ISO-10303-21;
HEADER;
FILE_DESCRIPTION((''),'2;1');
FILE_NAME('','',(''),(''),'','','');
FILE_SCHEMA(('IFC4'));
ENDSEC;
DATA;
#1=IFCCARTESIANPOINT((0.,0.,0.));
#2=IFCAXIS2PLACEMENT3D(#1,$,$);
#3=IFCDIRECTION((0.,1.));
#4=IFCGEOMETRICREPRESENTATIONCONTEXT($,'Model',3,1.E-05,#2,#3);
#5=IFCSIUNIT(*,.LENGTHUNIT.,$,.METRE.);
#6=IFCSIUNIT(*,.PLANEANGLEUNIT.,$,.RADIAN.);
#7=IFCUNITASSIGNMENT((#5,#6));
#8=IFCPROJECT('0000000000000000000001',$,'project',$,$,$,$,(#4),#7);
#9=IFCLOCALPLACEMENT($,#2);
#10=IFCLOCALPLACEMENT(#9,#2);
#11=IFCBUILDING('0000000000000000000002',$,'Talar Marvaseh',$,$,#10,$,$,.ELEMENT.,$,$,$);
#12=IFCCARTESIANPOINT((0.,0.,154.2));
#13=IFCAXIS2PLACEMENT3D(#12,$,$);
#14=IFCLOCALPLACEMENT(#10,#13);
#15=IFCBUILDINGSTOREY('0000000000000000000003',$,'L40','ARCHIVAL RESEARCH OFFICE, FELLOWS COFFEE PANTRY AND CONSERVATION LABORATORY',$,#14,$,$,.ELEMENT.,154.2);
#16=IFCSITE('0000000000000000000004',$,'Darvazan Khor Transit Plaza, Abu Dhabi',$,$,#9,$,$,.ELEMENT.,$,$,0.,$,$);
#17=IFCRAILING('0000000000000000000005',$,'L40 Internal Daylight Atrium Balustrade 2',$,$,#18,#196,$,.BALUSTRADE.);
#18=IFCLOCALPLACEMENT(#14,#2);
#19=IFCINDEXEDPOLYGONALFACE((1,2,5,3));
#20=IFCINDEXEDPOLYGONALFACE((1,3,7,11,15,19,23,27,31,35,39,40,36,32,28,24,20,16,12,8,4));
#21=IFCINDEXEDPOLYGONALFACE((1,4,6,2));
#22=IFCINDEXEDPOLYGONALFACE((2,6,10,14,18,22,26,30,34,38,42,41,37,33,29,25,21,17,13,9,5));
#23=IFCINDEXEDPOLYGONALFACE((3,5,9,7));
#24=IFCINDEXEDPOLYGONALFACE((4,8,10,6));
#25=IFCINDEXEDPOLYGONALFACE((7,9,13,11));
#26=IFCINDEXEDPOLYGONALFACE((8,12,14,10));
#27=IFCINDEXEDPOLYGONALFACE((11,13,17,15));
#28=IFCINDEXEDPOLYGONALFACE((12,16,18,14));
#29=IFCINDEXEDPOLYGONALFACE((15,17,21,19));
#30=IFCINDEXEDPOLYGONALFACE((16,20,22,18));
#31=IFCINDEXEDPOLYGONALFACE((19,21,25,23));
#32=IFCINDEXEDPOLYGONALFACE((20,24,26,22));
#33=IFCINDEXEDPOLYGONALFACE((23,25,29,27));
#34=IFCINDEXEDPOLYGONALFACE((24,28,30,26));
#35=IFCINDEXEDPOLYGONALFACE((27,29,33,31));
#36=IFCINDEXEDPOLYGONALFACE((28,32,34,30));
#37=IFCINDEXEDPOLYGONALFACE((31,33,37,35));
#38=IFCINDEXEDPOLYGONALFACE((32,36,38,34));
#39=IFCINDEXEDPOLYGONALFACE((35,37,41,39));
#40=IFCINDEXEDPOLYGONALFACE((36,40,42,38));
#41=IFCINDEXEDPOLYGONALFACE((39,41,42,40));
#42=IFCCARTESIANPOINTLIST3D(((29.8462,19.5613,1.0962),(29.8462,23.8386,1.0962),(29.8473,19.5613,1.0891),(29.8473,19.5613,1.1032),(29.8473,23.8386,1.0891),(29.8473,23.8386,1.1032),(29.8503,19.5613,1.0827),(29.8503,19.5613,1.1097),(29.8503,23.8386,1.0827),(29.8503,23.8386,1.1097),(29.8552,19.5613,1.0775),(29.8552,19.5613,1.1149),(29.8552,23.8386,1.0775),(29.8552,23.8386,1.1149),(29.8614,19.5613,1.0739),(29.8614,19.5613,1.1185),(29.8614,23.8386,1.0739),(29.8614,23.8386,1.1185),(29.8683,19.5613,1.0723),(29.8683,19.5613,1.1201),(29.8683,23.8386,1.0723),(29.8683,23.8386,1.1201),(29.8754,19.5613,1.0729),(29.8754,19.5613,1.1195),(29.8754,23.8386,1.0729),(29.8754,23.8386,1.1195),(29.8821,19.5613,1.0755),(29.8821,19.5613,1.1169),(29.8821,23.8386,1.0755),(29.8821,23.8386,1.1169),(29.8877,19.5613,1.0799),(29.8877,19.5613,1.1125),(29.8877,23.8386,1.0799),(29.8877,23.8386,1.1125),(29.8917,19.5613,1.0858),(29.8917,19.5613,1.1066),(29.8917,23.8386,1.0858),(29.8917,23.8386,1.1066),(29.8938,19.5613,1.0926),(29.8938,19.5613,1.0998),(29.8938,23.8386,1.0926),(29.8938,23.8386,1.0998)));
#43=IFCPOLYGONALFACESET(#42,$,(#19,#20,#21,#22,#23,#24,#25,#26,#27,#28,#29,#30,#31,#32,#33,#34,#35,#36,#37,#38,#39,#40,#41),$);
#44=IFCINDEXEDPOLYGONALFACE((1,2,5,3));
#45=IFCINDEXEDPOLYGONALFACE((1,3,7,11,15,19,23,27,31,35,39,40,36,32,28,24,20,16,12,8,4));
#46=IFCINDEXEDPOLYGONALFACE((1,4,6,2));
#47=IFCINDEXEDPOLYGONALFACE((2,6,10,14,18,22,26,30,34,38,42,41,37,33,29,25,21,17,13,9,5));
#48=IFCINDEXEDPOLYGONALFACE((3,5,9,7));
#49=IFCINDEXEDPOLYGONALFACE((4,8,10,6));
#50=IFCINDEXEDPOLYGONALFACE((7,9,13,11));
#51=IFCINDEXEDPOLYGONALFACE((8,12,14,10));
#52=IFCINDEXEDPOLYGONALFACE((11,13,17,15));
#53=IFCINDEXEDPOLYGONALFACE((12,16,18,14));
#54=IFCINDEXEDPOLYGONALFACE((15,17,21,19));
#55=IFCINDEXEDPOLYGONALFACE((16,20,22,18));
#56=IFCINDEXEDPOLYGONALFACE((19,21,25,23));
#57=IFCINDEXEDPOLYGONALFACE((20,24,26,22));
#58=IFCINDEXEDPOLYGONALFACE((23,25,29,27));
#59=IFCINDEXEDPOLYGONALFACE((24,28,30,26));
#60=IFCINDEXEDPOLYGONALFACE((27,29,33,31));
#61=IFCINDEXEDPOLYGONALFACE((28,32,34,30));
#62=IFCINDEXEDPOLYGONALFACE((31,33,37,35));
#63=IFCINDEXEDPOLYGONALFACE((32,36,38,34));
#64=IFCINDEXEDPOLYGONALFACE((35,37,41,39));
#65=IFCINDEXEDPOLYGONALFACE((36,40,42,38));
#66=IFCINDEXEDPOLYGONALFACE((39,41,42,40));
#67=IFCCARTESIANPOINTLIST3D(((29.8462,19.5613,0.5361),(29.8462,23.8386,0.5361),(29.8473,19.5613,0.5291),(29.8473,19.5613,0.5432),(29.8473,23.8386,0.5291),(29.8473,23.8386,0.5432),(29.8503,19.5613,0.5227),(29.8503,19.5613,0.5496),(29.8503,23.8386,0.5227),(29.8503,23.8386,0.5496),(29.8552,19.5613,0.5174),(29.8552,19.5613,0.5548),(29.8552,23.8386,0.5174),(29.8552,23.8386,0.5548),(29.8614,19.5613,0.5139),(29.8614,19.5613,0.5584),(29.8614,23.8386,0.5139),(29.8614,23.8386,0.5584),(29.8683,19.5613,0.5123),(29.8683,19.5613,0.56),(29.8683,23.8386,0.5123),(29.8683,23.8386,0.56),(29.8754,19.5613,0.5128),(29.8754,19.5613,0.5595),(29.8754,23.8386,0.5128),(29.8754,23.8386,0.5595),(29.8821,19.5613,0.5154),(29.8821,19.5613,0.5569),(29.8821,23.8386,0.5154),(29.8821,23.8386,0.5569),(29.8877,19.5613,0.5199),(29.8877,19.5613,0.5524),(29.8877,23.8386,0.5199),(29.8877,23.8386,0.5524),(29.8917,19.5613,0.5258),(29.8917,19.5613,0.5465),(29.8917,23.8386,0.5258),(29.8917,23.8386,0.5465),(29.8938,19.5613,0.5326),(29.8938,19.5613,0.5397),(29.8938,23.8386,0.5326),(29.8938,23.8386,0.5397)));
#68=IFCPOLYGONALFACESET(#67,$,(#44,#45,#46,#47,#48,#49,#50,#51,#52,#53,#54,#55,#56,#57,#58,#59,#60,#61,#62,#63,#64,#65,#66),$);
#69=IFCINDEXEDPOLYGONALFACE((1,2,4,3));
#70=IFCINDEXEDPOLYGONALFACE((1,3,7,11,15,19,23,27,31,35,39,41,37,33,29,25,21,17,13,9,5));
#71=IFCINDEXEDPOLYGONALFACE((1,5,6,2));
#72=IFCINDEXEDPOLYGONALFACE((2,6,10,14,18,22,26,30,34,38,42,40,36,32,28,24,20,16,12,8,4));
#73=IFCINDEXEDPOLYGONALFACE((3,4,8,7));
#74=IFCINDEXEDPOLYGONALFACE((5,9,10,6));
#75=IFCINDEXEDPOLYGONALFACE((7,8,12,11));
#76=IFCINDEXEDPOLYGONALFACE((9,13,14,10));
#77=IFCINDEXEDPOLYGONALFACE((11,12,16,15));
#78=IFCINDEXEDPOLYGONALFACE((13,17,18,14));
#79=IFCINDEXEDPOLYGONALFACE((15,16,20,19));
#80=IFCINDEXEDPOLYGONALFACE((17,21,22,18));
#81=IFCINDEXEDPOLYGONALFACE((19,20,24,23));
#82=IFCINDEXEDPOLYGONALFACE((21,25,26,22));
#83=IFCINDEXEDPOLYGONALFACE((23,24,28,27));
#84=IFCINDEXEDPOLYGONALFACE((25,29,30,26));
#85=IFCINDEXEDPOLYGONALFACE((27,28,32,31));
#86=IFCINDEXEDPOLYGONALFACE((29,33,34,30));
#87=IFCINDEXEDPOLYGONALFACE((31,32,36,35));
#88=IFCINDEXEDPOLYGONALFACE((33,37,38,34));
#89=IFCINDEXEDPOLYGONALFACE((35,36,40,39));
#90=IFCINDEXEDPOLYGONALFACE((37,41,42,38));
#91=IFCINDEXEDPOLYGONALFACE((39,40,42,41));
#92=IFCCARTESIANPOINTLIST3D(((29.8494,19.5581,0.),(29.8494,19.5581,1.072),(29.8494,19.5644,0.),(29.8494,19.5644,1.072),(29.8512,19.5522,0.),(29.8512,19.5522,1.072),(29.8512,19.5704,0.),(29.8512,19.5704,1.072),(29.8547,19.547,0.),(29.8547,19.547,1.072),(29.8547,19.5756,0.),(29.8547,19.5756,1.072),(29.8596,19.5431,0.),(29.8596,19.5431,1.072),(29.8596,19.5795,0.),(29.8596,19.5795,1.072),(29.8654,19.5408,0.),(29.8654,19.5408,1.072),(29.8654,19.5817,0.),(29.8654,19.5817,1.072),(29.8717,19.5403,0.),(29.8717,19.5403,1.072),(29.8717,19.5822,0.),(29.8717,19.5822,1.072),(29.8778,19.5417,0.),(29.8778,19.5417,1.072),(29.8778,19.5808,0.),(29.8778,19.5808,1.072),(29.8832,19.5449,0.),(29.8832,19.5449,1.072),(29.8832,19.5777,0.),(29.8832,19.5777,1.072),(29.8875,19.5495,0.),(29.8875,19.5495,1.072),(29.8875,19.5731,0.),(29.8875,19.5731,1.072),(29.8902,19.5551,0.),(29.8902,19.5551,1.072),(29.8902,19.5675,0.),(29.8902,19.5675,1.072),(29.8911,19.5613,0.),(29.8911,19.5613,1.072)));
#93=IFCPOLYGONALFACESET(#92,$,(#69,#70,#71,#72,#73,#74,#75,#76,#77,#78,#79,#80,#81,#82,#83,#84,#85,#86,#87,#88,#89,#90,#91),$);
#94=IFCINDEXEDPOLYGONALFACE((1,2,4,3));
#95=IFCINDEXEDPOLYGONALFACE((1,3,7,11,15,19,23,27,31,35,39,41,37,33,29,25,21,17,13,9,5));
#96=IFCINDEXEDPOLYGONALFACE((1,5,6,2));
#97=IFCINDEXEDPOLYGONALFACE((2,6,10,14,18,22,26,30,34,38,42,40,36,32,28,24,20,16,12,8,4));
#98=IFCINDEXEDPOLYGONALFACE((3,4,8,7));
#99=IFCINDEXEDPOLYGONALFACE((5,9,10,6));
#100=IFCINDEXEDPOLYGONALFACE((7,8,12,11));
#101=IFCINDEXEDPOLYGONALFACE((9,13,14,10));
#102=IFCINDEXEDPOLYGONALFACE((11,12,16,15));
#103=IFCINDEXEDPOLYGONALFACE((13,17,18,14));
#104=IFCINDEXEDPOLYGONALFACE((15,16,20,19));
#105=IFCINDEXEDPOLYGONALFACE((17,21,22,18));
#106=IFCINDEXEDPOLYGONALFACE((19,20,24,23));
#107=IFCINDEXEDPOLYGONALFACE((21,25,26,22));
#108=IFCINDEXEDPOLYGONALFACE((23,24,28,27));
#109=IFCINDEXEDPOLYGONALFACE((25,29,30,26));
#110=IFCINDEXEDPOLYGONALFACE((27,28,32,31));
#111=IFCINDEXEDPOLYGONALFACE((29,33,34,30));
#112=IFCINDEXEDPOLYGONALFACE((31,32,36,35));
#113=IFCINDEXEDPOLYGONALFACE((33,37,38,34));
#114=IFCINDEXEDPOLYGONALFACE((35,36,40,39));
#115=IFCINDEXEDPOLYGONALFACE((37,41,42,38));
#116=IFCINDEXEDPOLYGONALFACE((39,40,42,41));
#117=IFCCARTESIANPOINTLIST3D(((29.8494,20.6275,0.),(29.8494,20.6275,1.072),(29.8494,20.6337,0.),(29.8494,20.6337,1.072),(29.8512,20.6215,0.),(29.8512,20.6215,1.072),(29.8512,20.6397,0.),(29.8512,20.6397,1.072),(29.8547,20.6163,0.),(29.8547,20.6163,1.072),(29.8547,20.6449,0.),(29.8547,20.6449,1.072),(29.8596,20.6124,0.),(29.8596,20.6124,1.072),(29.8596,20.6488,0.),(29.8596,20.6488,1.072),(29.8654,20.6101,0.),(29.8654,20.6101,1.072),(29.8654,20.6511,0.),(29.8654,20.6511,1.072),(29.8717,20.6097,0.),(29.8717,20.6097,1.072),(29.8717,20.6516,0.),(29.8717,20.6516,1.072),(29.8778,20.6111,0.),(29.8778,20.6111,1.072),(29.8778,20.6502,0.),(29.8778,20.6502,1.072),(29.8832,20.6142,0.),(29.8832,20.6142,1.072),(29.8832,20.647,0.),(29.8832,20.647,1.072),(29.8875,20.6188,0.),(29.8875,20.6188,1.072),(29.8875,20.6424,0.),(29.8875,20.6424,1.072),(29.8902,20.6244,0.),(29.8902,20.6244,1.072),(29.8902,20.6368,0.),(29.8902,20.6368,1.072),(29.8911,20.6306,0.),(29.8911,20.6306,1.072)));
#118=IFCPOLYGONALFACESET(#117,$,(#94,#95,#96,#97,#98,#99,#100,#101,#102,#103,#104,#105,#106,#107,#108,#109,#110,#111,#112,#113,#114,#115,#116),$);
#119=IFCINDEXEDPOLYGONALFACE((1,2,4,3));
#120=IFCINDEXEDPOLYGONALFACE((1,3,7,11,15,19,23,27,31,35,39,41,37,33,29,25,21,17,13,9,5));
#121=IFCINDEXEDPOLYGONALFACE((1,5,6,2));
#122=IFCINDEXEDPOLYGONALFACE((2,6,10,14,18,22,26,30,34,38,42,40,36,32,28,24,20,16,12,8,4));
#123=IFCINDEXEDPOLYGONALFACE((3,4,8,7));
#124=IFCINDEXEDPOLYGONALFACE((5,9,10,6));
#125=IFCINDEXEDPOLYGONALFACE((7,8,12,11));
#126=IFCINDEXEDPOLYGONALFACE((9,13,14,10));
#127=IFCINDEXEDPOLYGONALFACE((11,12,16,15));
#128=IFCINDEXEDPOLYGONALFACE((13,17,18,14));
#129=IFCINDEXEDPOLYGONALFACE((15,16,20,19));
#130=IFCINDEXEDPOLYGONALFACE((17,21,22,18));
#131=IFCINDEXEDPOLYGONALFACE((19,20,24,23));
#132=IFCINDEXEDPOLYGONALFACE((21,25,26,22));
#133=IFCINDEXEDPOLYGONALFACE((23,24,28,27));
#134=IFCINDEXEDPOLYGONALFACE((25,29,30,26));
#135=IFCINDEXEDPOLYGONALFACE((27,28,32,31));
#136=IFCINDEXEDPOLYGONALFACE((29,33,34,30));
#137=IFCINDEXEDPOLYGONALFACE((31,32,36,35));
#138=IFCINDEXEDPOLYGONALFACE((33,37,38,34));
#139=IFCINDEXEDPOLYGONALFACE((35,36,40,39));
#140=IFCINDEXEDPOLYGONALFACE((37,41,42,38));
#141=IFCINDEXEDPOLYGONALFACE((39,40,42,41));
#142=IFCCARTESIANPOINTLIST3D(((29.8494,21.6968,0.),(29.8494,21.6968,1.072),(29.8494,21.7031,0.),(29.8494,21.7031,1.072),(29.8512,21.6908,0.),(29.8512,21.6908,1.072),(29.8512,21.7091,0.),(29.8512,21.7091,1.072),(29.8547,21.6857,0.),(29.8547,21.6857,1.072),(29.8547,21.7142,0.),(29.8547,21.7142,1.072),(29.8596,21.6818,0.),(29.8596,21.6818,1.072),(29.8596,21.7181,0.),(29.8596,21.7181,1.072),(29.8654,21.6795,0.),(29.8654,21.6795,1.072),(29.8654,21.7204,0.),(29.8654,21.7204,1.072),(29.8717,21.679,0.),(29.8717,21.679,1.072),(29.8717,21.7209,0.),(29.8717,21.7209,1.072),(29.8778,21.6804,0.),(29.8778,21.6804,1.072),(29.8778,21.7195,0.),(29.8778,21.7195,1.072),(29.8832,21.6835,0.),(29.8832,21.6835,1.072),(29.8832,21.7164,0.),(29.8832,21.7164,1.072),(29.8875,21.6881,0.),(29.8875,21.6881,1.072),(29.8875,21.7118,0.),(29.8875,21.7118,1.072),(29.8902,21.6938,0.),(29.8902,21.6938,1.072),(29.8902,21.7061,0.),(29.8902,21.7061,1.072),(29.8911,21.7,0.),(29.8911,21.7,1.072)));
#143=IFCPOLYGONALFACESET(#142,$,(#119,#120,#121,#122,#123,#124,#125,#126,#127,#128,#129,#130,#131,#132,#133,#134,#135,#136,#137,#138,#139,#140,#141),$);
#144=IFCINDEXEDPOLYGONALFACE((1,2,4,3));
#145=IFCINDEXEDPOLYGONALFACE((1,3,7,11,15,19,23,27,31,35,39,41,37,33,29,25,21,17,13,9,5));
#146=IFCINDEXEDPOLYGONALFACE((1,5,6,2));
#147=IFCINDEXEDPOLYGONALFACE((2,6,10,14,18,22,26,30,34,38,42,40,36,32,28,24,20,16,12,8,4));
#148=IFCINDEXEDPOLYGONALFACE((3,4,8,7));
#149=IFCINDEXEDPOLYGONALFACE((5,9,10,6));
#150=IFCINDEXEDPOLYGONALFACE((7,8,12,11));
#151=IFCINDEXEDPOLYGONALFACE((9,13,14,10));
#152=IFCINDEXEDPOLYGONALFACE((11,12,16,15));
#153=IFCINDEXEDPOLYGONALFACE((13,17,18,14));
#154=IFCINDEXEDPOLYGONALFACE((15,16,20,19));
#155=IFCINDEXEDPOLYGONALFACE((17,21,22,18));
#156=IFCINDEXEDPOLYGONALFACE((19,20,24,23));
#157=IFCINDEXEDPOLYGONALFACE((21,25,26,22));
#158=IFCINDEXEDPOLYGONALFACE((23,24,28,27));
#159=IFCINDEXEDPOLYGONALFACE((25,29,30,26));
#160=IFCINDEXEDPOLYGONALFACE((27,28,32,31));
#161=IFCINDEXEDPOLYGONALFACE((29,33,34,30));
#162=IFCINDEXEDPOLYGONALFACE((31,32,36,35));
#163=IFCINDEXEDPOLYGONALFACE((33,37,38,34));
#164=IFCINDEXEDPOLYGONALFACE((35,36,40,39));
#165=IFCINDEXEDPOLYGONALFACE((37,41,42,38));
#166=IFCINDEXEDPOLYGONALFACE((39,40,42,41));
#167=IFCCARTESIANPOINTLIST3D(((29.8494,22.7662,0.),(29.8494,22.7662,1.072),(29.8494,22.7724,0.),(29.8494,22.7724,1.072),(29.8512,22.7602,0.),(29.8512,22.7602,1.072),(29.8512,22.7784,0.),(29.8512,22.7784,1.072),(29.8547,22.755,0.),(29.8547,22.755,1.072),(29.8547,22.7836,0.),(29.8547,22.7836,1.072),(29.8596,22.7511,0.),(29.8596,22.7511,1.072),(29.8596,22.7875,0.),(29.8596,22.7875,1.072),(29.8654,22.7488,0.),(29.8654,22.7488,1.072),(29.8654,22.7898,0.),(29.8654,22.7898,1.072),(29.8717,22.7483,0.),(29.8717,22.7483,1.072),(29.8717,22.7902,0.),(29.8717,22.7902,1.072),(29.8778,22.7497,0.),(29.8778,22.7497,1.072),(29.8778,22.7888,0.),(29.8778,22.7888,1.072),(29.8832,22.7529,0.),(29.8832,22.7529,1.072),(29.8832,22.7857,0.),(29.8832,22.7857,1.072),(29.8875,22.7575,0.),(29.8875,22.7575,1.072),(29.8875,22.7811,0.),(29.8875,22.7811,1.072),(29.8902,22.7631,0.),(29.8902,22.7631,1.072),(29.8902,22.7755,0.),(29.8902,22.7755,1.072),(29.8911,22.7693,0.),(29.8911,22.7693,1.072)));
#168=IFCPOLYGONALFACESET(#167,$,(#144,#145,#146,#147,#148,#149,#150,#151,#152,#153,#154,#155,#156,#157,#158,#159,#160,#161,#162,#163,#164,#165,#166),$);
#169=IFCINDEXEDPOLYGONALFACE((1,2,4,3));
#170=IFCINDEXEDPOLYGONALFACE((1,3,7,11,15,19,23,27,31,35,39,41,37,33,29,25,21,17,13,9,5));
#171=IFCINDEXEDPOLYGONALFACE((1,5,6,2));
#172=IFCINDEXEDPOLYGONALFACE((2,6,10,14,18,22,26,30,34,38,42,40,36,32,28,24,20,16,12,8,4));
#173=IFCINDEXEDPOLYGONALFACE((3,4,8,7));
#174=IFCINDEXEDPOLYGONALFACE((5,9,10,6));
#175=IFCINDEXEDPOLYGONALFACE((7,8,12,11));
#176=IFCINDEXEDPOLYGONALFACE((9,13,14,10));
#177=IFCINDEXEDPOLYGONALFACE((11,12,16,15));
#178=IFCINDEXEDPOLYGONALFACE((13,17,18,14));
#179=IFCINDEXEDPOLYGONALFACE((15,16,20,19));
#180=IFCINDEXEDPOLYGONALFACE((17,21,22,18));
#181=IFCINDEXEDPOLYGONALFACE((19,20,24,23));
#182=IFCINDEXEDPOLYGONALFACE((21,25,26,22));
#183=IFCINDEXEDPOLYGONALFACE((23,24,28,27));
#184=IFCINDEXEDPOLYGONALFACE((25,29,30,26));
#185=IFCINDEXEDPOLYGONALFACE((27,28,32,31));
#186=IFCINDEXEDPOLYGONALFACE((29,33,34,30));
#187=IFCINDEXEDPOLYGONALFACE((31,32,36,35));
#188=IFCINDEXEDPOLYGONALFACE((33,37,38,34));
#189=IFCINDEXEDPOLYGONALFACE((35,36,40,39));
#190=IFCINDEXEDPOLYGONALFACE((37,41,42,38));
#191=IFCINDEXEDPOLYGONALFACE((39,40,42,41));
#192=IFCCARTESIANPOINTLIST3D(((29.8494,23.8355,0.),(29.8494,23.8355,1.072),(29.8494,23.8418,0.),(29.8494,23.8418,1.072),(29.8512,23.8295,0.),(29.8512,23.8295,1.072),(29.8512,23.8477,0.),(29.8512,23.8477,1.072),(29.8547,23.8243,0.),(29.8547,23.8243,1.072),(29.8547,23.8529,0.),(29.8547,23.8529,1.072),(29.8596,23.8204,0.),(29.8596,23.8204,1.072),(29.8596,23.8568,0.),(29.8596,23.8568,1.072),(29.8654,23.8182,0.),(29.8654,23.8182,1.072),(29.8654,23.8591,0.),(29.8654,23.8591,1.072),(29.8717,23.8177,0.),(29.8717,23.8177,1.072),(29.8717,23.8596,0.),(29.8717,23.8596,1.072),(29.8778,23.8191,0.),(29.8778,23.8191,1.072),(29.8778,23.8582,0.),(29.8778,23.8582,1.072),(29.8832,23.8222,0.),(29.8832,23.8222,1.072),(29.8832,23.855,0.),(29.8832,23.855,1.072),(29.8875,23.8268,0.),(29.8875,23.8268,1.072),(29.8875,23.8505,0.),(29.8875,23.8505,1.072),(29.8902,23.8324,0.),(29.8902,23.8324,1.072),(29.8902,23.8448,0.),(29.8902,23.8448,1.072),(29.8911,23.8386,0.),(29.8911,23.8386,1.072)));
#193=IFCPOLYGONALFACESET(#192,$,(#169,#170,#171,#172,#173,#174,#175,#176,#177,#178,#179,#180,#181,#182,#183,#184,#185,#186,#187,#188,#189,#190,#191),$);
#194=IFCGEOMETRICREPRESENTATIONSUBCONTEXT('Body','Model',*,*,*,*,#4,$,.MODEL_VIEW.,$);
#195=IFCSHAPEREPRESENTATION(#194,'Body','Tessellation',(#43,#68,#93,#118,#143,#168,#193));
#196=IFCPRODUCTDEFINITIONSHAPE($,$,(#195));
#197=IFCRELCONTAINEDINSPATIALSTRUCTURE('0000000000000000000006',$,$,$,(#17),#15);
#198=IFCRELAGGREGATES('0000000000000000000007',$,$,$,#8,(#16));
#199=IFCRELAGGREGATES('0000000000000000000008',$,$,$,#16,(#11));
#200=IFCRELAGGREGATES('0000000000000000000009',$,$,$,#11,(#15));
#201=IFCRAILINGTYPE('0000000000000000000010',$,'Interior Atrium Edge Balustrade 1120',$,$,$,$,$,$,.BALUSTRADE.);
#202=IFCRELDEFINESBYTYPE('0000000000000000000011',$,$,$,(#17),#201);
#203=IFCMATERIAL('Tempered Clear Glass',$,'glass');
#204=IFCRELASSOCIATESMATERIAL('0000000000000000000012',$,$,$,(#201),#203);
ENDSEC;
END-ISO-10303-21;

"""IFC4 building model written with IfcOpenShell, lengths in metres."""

from ifc_helpers import new_model, si_unit, direction, frame, origin, origin_2d, place, context, subcontext, project, spatial, circle, extrude, material, type_object, element, save


model = new_model("IFC4")

# Units and contexts
model_context = context("Model", 3, precision=1e-05, world=origin(), true_north=direction((0.0, 1.0)))
body_context = subcontext(model_context, "Body", "Model", "MODEL_VIEW")
ifc_project = project(units=[si_unit("LENGTHUNIT", "METRE"), si_unit("PLANEANGLEUNIT", "RADIAN")], contexts=[model_context])

# Site, building, storey
site_placement = place(None, origin())
site = spatial("IfcSite", under=ifc_project, at=site_placement, Name="Darvazan Khor Transit Plaza, Abu Dhabi", CompositionType="ELEMENT", RefElevation=0.0)
building_placement = place(site_placement, origin())
building = spatial("IfcBuilding", under=site, at=building_placement, Name="Talar Marvaseh", CompositionType="ELEMENT")
storey_placement = place(building_placement, frame((0.0, 0.0, 154.2)))
storey = spatial("IfcBuildingStorey", under=building, at=storey_placement, Name="L40", Description="ARCHIVAL RESEARCH OFFICE, FELLOWS COFFEE PANTRY AND CONSERVATION LABORATORY", CompositionType="ELEMENT", Elevation=154.2)

# Railing
ifc_material_1 = material(Name="Tempered Clear Glass", Category="glass")
railing_type_1 = type_object("IfcRailingType", Name="Interior Atrium Edge Balustrade 1120", PredefinedType="BALUSTRADE", material=ifc_material_1)
railing_1_placement = place(storey_placement, frame((29.8701, 19.5613, 0.0)))
element("IfcRailing", 1, at=railing_1_placement, inside=storey, type_object=railing_type_1, Name="L40 Internal Daylight Atrium Balustrade 2", PredefinedType="BALUSTRADE", context=body_context, shape_type="SweptSolid", body=[
    extrude(circle(Radius=0.0239, at=origin_2d()), frame((0.0, 0.0, 1.0962), z_axis=(0.0, 1.0, 0.0), x_axis=(-1.0, 0.0, 0.0)), (0.0, 0.0, 1.0), 4.2773),
    extrude(circle(Radius=0.0239, at=origin_2d()), frame((0.0, 0.0, 0.5361), z_axis=(0.0, 1.0, 0.0), x_axis=(-1.0, 0.0, 0.0)), (0.0, 0.0, 1.0), 4.2773),
    extrude(circle(Radius=0.021, at=origin_2d()), origin(), (0.0, 0.0, 1.0), 1.072),
    extrude(circle(Radius=0.021, at=origin_2d()), frame((0.0, 1.0693, 0.0)), (0.0, 0.0, 1.0), 1.072),
    extrude(circle(Radius=0.021, at=origin_2d()), frame((0.0, 2.1387, 0.0)), (0.0, 0.0, 1.0), 1.072),
    extrude(circle(Radius=0.021, at=origin_2d()), frame((0.0, 3.208, 0.0)), (0.0, 0.0, 1.0), 1.072),
    extrude(circle(Radius=0.021, at=origin_2d()), frame((0.0, 4.2773, 0.0)), (0.0, 0.0, 1.0), 1.072),
])

save(model, "model.ifc")
